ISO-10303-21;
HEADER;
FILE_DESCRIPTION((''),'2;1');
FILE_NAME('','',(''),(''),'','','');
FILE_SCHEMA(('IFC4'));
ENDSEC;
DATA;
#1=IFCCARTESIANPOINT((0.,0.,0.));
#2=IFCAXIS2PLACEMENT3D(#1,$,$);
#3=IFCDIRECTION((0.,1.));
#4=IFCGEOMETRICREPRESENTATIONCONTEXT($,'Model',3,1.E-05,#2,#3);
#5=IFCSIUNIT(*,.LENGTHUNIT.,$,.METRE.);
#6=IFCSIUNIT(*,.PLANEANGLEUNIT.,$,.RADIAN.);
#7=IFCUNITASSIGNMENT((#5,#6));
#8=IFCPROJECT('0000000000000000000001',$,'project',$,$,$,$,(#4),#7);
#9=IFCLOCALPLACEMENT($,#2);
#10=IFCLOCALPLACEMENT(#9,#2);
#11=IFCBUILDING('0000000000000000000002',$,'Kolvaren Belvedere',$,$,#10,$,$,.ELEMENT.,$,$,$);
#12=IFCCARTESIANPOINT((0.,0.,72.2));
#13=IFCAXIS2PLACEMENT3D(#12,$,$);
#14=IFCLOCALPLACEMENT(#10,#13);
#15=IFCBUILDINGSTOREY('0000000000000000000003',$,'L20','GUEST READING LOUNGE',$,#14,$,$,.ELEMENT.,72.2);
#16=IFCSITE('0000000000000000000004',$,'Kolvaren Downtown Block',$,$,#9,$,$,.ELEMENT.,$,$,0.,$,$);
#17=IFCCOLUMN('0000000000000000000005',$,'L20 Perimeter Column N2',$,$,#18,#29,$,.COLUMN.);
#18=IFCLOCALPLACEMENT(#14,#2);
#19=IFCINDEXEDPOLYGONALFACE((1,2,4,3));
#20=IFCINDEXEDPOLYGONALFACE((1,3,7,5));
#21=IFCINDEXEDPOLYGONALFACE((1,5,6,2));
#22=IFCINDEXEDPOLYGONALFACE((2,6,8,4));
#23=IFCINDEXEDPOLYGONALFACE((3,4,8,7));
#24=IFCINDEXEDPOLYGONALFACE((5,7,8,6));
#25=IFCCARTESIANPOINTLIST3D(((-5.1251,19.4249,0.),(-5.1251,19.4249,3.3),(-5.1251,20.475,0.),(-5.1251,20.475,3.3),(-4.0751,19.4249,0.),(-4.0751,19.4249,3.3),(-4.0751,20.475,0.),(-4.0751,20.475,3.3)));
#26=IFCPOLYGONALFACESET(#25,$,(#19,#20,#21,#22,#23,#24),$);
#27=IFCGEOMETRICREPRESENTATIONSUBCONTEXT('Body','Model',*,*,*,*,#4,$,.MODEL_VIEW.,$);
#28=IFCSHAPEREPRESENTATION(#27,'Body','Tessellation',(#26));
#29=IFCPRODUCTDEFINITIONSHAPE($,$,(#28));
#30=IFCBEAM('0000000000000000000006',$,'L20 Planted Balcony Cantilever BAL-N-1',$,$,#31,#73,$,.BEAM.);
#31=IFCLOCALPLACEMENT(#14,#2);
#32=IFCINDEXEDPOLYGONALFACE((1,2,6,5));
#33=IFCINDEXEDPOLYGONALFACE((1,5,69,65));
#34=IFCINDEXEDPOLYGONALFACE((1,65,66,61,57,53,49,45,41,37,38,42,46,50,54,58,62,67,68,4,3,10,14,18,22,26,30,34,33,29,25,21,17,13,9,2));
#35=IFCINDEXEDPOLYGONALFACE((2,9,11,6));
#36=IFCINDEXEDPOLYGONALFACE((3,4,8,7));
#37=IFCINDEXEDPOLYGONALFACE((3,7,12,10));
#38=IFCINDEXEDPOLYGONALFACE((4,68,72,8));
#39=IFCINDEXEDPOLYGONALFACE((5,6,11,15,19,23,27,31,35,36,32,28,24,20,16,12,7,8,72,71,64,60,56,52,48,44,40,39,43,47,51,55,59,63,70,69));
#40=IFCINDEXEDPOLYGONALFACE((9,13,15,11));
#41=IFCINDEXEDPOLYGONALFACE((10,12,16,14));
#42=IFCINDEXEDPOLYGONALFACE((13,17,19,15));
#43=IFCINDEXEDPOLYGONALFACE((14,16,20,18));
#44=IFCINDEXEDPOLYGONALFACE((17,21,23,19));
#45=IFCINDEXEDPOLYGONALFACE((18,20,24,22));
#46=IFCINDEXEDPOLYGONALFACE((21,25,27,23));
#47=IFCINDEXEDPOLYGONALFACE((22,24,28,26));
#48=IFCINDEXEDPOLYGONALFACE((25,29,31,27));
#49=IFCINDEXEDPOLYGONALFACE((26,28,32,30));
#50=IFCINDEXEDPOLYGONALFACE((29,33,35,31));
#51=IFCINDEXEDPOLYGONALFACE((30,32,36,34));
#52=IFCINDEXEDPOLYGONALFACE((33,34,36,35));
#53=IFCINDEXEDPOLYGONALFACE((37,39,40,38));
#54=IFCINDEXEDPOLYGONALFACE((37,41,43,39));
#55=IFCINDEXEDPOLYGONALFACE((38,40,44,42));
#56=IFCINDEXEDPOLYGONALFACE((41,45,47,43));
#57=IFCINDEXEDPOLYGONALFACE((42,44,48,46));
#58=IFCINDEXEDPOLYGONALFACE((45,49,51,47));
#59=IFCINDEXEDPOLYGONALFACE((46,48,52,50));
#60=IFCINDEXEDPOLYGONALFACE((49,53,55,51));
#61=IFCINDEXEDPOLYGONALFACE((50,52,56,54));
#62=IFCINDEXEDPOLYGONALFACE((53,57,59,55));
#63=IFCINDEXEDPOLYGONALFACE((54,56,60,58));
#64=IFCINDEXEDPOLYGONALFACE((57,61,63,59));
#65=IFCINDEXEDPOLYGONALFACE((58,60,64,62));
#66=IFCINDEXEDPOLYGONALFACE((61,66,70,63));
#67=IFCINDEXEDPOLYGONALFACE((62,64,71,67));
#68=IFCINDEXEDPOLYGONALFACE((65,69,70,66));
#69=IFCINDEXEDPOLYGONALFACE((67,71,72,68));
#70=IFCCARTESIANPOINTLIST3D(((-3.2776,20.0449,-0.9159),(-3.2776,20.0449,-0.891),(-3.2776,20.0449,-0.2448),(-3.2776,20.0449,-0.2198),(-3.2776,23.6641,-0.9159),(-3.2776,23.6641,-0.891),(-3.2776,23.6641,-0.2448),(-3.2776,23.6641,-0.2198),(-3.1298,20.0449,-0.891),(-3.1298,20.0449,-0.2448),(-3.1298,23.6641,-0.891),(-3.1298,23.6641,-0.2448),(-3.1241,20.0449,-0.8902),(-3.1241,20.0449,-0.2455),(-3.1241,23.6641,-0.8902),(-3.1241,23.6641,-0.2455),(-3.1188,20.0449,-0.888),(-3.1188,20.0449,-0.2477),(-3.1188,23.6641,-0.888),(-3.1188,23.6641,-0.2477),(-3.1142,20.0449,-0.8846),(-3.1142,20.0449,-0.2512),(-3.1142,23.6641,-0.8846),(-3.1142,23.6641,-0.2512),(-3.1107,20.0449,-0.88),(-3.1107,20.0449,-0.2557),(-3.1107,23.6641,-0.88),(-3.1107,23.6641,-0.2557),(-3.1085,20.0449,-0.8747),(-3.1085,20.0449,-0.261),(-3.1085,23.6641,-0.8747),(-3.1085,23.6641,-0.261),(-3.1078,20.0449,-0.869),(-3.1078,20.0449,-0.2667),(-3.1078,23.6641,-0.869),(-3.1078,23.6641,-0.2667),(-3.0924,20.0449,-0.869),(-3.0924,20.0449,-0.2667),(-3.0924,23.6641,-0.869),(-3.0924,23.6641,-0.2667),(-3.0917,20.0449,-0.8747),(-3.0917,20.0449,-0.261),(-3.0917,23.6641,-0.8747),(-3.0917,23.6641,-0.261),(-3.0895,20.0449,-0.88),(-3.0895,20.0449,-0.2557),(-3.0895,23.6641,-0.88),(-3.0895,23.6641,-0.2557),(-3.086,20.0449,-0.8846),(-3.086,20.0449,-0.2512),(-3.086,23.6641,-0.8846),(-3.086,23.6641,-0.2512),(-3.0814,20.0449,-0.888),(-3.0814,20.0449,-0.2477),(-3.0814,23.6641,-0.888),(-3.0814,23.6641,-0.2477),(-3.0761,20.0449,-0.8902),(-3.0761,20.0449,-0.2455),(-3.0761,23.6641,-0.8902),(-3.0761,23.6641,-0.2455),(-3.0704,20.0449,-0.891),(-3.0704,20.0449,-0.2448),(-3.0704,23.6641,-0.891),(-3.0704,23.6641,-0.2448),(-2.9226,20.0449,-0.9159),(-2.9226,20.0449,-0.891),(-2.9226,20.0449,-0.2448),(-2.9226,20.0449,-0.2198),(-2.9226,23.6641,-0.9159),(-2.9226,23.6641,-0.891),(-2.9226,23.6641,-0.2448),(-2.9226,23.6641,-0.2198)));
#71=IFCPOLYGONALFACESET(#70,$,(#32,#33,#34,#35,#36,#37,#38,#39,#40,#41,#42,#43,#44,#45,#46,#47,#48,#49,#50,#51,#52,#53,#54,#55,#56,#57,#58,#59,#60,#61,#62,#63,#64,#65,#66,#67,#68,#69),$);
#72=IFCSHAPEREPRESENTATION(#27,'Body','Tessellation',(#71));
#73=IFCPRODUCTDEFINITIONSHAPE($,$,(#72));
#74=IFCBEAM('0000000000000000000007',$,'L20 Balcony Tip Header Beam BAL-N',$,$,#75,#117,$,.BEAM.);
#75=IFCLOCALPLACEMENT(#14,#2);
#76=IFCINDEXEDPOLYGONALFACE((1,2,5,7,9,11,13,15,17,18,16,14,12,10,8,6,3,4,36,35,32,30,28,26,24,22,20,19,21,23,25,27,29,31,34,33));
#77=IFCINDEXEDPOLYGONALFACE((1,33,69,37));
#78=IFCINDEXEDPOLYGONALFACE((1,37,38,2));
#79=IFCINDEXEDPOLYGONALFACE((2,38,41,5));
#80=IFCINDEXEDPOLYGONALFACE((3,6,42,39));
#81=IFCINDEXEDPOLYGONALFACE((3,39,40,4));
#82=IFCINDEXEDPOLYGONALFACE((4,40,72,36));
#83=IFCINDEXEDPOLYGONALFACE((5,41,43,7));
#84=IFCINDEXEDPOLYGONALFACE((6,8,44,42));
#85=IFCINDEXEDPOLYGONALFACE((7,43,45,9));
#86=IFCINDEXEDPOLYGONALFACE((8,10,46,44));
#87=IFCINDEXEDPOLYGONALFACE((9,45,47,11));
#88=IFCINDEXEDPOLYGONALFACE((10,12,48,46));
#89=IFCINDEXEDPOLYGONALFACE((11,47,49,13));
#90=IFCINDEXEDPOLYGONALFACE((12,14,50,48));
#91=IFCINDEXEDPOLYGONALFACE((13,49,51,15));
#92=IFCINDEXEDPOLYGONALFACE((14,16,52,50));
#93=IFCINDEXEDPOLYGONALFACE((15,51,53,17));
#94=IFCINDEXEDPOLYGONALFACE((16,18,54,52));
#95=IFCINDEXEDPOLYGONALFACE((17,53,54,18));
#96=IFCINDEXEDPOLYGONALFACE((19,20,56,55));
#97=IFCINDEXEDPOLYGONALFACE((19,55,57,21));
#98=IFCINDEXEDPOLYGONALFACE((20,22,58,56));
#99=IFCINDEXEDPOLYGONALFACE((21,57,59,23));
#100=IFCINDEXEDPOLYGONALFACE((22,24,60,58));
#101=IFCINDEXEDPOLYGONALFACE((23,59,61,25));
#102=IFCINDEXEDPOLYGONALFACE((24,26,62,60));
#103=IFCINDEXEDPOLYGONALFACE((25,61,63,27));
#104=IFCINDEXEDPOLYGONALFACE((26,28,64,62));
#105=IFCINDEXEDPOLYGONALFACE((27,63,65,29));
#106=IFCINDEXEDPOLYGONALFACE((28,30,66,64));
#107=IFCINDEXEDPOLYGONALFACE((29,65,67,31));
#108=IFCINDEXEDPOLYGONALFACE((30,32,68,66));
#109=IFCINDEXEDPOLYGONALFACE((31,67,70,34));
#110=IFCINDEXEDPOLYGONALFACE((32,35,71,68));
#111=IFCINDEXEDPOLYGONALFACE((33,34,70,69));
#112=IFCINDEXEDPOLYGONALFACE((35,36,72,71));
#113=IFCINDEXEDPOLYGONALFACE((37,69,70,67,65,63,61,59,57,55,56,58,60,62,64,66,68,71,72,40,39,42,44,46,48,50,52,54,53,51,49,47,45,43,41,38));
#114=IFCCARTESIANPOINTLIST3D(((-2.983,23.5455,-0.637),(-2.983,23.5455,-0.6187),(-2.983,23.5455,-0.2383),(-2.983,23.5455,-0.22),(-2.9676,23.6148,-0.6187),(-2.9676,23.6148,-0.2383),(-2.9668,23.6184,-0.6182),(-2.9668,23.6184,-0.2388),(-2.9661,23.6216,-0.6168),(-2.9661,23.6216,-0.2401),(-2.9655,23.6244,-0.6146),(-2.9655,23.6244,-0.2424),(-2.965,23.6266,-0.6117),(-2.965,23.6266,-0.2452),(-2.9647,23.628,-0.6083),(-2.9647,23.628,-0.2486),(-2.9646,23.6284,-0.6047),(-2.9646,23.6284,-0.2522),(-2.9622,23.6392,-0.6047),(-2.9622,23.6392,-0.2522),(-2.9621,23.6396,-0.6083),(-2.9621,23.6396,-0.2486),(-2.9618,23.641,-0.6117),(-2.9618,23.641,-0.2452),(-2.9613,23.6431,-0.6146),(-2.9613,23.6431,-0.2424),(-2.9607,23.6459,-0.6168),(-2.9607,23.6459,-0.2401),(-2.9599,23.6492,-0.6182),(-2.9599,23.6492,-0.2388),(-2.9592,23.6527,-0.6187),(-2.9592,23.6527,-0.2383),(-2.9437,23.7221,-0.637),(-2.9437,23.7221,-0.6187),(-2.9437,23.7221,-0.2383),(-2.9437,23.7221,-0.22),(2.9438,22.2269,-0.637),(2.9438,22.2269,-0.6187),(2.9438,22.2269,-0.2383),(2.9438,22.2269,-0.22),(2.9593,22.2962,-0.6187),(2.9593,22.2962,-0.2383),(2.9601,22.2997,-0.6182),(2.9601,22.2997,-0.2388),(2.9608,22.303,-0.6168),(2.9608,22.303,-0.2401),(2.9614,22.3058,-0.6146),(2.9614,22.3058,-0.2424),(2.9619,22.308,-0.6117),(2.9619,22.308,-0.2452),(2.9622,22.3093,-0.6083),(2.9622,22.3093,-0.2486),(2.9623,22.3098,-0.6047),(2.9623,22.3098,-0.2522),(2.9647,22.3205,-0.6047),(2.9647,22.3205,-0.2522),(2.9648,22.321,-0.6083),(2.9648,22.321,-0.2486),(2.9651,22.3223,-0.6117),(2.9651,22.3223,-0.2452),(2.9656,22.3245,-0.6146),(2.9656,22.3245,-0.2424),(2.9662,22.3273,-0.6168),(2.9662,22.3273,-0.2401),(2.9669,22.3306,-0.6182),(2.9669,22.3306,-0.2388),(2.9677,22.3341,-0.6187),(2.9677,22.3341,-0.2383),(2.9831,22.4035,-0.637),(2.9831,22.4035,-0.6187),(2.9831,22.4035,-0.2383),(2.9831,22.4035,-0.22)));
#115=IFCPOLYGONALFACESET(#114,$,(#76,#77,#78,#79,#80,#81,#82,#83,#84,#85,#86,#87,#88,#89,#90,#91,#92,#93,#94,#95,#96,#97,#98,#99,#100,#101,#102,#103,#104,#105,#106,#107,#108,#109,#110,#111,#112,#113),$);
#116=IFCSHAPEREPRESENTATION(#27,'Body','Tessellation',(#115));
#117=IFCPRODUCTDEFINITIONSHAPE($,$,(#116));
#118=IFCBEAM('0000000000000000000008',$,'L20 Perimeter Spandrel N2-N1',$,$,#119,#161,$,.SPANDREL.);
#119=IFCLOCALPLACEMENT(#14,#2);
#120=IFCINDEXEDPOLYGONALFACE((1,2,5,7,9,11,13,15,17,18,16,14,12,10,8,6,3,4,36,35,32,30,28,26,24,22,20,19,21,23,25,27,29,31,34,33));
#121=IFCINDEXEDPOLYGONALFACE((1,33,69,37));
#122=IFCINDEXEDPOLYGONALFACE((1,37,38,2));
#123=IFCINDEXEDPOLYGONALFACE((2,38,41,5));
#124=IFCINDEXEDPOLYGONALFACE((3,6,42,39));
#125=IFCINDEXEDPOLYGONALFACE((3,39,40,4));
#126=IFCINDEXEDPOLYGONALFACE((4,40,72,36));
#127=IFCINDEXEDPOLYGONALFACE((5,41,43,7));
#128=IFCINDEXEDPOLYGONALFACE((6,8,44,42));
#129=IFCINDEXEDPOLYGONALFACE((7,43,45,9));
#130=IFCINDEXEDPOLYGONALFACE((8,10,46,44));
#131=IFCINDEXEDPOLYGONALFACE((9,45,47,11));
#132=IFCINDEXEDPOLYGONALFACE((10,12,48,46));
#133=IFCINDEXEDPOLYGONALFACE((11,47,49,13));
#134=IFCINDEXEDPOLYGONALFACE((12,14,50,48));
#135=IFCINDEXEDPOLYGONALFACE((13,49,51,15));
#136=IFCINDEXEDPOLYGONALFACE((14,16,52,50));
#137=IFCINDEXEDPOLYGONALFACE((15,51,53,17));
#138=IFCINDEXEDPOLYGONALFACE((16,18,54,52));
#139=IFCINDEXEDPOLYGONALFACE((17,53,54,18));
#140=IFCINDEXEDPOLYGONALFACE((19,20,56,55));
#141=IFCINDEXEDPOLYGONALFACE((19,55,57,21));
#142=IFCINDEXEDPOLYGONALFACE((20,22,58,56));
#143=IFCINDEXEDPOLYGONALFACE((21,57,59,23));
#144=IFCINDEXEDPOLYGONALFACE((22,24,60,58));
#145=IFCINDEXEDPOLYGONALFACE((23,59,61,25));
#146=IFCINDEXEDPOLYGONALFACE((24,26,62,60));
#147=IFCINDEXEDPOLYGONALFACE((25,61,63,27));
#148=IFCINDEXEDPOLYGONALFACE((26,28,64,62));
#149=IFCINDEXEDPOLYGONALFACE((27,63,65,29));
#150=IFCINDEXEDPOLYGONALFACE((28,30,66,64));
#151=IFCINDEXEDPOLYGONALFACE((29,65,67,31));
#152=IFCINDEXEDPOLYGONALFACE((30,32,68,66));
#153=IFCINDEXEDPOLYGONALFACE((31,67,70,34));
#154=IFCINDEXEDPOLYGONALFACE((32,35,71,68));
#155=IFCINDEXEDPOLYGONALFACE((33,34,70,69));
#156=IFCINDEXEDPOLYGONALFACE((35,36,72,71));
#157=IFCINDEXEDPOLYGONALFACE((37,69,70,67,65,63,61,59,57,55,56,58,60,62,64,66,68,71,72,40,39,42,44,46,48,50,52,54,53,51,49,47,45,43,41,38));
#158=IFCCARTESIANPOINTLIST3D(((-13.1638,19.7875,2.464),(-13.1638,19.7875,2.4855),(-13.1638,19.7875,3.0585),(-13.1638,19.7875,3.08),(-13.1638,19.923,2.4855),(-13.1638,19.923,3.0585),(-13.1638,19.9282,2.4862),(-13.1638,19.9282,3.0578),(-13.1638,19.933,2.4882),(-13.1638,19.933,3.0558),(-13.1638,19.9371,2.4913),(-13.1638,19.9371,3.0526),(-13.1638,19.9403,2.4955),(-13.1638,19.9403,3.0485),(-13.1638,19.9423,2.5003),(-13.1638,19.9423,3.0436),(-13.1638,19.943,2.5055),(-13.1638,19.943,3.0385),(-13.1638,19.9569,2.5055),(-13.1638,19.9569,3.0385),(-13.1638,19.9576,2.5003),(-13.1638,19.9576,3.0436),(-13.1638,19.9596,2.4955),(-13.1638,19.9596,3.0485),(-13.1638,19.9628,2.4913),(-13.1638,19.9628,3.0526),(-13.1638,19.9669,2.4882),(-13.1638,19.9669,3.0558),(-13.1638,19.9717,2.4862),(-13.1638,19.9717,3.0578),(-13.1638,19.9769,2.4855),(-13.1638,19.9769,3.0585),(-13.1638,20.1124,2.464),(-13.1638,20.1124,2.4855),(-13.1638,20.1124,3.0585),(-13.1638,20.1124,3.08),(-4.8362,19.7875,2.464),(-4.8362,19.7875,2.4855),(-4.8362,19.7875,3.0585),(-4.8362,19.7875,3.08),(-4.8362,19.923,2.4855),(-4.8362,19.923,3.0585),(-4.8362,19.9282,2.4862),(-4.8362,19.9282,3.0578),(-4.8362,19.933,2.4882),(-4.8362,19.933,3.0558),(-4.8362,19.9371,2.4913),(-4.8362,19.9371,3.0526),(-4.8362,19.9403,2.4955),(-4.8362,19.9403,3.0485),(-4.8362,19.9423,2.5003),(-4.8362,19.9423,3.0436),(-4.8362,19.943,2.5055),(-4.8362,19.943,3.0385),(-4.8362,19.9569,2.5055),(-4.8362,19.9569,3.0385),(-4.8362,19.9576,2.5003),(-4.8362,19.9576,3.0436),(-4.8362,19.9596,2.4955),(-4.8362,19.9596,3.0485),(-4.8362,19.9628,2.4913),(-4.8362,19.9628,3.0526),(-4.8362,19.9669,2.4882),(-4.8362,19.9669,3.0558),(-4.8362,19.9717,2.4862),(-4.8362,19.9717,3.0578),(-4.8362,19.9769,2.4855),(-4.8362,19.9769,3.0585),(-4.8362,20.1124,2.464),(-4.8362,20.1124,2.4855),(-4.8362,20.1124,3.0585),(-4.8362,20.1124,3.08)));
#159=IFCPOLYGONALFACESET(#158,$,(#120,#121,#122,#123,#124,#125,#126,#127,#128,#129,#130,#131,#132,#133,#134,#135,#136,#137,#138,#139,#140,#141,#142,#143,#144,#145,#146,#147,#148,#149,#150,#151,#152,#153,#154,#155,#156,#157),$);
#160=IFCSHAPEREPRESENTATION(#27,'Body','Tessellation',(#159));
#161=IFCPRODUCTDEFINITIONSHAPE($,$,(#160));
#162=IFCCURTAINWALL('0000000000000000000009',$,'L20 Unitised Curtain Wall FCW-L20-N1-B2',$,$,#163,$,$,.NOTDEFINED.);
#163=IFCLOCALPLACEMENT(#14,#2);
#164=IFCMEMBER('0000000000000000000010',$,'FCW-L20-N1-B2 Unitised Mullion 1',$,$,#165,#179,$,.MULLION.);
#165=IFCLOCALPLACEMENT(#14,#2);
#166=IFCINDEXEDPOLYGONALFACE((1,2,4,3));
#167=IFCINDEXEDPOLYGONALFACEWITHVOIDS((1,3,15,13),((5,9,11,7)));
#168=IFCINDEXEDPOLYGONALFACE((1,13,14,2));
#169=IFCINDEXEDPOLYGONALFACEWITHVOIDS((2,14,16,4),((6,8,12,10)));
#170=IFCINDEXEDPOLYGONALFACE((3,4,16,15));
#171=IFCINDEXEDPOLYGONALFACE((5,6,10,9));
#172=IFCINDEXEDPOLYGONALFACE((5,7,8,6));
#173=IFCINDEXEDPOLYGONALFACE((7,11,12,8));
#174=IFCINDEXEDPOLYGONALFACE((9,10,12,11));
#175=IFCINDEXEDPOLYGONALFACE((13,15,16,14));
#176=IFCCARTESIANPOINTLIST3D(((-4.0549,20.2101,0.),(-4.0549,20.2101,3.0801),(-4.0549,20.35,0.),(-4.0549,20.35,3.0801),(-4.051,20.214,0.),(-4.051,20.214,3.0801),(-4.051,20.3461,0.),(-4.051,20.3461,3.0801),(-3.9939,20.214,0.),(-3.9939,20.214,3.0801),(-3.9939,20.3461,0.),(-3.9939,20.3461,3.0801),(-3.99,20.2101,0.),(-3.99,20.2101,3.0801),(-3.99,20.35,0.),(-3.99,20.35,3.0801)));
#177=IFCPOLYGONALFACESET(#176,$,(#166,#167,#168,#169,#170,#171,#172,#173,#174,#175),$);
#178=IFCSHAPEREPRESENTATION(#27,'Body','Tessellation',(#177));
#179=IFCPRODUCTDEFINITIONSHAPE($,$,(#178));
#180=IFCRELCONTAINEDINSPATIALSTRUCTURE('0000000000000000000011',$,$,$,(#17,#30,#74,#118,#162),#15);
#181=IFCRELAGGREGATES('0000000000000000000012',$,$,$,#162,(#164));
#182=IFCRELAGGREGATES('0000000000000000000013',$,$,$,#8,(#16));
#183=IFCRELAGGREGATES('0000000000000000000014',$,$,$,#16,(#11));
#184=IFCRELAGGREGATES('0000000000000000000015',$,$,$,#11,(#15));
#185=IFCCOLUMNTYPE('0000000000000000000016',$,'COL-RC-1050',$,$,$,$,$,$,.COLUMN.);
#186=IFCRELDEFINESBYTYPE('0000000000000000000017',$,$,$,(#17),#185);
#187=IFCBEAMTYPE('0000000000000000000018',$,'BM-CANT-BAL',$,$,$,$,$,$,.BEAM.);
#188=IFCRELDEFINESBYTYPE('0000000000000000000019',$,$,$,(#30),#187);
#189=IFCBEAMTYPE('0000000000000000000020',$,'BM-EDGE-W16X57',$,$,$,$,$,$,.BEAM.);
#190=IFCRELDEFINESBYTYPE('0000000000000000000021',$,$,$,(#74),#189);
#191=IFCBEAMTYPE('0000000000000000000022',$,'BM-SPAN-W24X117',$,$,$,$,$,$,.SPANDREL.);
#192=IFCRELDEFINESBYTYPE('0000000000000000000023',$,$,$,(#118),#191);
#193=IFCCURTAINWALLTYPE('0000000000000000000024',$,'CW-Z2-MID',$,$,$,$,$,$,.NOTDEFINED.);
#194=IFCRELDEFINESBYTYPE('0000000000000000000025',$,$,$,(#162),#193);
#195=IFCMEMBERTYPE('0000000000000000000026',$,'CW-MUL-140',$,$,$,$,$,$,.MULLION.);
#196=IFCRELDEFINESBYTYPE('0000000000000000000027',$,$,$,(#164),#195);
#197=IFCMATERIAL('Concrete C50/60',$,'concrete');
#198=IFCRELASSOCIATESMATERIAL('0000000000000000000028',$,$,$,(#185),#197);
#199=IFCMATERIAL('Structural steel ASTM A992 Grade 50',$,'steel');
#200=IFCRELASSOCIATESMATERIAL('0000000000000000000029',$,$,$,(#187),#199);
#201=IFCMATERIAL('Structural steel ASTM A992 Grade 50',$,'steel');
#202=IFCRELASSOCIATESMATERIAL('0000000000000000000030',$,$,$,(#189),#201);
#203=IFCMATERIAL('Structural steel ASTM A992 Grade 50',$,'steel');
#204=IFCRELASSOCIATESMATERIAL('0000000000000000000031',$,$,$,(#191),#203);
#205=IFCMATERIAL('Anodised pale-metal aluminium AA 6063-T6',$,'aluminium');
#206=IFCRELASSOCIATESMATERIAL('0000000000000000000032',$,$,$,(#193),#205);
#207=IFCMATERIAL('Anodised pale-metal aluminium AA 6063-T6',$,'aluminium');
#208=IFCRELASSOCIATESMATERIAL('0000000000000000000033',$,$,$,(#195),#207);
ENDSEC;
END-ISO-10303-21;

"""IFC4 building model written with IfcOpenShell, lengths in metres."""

from ifc_helpers import new_model, si_unit, direction, frame, origin, origin_2d, place, context, subcontext, project, spatial, rectangle, hollow_rectangle, i_section, extrude, material, material_profile, profile_set, type_object, element, aggregate, save


model = new_model("IFC4")

# Units and contexts
model_context = context("Model", 3, precision=1e-05, world=origin(), true_north=direction((0.0, 1.0)))
body_context = subcontext(model_context, "Body", "Model", "MODEL_VIEW")
ifc_project = project(units=[si_unit("LENGTHUNIT", "METRE"), si_unit("PLANEANGLEUNIT", "RADIAN")], contexts=[model_context])

# Site, building, storey
site_placement = place(None, origin())
site = spatial("IfcSite", under=ifc_project, at=site_placement, Name="Kolvaren Downtown Block", CompositionType="ELEMENT", RefElevation=0.0)
building_placement = place(site_placement, origin())
building = spatial("IfcBuilding", under=site, at=building_placement, Name="Kolvaren Belvedere", CompositionType="ELEMENT")
storey_placement = place(building_placement, frame((0.0, 0.0, 72.2)))
storey = spatial("IfcBuildingStorey", under=building, at=storey_placement, Name="L20", Description="GUEST READING LOUNGE", CompositionType="ELEMENT", Elevation=72.2)

# Column
ifc_material_1 = material(Name="Concrete C50/60", Category="concrete")
ifc_material_profile_1 = material_profile(ifc_material_1, rectangle(XDim=1.05, YDim=1.05, at=origin_2d()), Name="RC 1050X1050")
ifc_profile_set_1 = profile_set([ifc_material_profile_1], Name="Concrete C50/60")
column_type = type_object("IfcColumnType", Name="COL-RC-1050", PredefinedType="COLUMN", material=ifc_profile_set_1)
column_placement = place(storey_placement, frame((-4.6001, 19.95, 0.0), z_axis=(0.0, 0.0, 1.0), x_axis=(1.0, 0.0, 0.0)))
element("IfcColumn", 1, at=column_placement, inside=storey, type_object=column_type, Name="L20 Perimeter Column N2", PredefinedType="COLUMN", context=body_context, shape_type="SweptSolid", body=[
    extrude(rectangle(XDim=1.05, YDim=1.05, at=origin_2d()), origin(), (0.0, 0.0, 1.0), 3.3),
])

# Beams
ifc_material_2 = material(Name="Structural steel ASTM A992 Grade 50", Category="steel")
ifc_material_profile_2 = material_profile(ifc_material_2, i_section(OverallWidth=0.355, OverallDepth=0.696, WebThickness=0.0154, FlangeThickness=0.0249, FilletRadius=0.022, at=origin_2d()), Name="W27X146")
ifc_profile_set_2 = profile_set([ifc_material_profile_2], Name="Structural steel ASTM A992 Grade 50")
beam_type_1 = type_object("IfcBeamType", Name="BM-CANT-BAL", PredefinedType="BEAM", material=ifc_profile_set_2)
beam_1_placement = place(storey_placement, frame((-3.1001, 20.0449, -0.5679), z_axis=(0.0, 1.0, 0.0), x_axis=(-1.0, 0.0, 0.0)))
element("IfcBeam", 2, at=beam_1_placement, inside=storey, type_object=beam_type_1, Name="L20 Planted Balcony Cantilever BAL-N-1", PredefinedType="BEAM", context=body_context, shape_type="SweptSolid", body=[
    extrude(i_section(OverallWidth=0.355, OverallDepth=0.696, WebThickness=0.0154, FlangeThickness=0.0249, FilletRadius=0.022, at=origin_2d()), origin(), (0.0, 0.0, 1.0), 3.6191),
])
ifc_material_3 = material(Name="Structural steel ASTM A992 Grade 50", Category="steel")
ifc_material_profile_3 = material_profile(ifc_material_3, i_section(OverallWidth=0.1809, OverallDepth=0.417, WebThickness=0.011, FlangeThickness=0.0183, FilletRadius=0.0139, at=origin_2d()), Name="W16X57")
ifc_profile_set_3 = profile_set([ifc_material_profile_3], Name="Structural steel ASTM A992 Grade 50")
beam_type_2 = type_object("IfcBeamType", Name="BM-EDGE-W16X57", PredefinedType="BEAM", material=ifc_profile_set_3)
beam_2_placement = place(storey_placement, frame((-2.9634, 23.6338, -0.4285), z_axis=(0.976133, -0.217173, 0.0), x_axis=(0.217173, 0.976133, 0.0)))
element("IfcBeam", 3, at=beam_2_placement, inside=storey, type_object=beam_type_2, Name="L20 Balcony Tip Header Beam BAL-N", PredefinedType="BEAM", context=body_context, shape_type="SweptSolid", body=[
    extrude(i_section(OverallWidth=0.1809, OverallDepth=0.417, WebThickness=0.011, FlangeThickness=0.0183, FilletRadius=0.0139, at=origin_2d()), origin(), (0.0, 0.0, 1.0), 6.0718),
])
ifc_material_4 = material(Name="Structural steel ASTM A992 Grade 50", Category="steel")
ifc_material_profile_4 = material_profile(ifc_material_4, i_section(OverallWidth=0.325, OverallDepth=0.616, WebThickness=0.0139, FlangeThickness=0.0215, FilletRadius=0.02, at=origin_2d()), Name="W24X117")
ifc_profile_set_4 = profile_set([ifc_material_profile_4], Name="Structural steel ASTM A992 Grade 50")
beam_type_3 = type_object("IfcBeamType", Name="BM-SPAN-W24X117", PredefinedType="SPANDREL", material=ifc_profile_set_4)
beam_3_placement = place(storey_placement, frame((-4.8362, 19.95, 2.772), z_axis=(-1.0, 0.0, 0.0), x_axis=(0.0, -1.0, 0.0)))
element("IfcBeam", 4, at=beam_3_placement, inside=storey, type_object=beam_type_3, Name="L20 Perimeter Spandrel N2-N1", PredefinedType="SPANDREL", context=body_context, shape_type="SweptSolid", body=[
    extrude(i_section(OverallWidth=0.325, OverallDepth=0.616, WebThickness=0.0139, FlangeThickness=0.0215, FilletRadius=0.02, at=origin_2d()), origin(), (0.0, 0.0, 1.0), 8.3276),
])

# Curtain wall, member
ifc_material_5 = material(Name="Anodised pale-metal aluminium AA 6063-T6", Category="aluminium")
curtain_wall_type = type_object("IfcCurtainWallType", Name="CW-Z2-MID", PredefinedType="NOTDEFINED", material=ifc_material_5)
curtain_wall_placement = place(storey_placement, origin())
curtain_wall = element("IfcCurtainWall", 5, at=curtain_wall_placement, inside=storey, type_object=curtain_wall_type, Name="L20 Unitised Curtain Wall FCW-L20-N1-B2", PredefinedType="NOTDEFINED")
ifc_material_6 = material(Name="Anodised pale-metal aluminium AA 6063-T6", Category="aluminium")
ifc_material_profile_5 = material_profile(ifc_material_6, hollow_rectangle(XDim=0.0649, YDim=0.1399, WallThickness=0.0039, at=origin_2d()), Name="ALU-MUL-140X65")
ifc_profile_set_5 = profile_set([ifc_material_profile_5], Name="Anodised pale-metal aluminium AA 6063-T6")
member_type_1 = type_object("IfcMemberType", Name="CW-MUL-140", PredefinedType="MULLION", material=ifc_profile_set_5)
member_1_placement = place(storey_placement, frame((-4.0225, 20.28, 0.0), z_axis=(0.0, 0.0, 1.0), x_axis=(1.0, 0.0, 0.0)))
member_1 = element("IfcMember", 6, at=member_1_placement, type_object=member_type_1, Name="FCW-L20-N1-B2 Unitised Mullion 1", PredefinedType="MULLION", context=body_context, shape_type="SweptSolid", body=[
    extrude(hollow_rectangle(XDim=0.0649, YDim=0.1399, WallThickness=0.0039, at=origin_2d()), origin(), (0.0, 0.0, 1.0), 3.0801),
])

aggregate(curtain_wall, [member_1])

save(model, "model.ifc")
